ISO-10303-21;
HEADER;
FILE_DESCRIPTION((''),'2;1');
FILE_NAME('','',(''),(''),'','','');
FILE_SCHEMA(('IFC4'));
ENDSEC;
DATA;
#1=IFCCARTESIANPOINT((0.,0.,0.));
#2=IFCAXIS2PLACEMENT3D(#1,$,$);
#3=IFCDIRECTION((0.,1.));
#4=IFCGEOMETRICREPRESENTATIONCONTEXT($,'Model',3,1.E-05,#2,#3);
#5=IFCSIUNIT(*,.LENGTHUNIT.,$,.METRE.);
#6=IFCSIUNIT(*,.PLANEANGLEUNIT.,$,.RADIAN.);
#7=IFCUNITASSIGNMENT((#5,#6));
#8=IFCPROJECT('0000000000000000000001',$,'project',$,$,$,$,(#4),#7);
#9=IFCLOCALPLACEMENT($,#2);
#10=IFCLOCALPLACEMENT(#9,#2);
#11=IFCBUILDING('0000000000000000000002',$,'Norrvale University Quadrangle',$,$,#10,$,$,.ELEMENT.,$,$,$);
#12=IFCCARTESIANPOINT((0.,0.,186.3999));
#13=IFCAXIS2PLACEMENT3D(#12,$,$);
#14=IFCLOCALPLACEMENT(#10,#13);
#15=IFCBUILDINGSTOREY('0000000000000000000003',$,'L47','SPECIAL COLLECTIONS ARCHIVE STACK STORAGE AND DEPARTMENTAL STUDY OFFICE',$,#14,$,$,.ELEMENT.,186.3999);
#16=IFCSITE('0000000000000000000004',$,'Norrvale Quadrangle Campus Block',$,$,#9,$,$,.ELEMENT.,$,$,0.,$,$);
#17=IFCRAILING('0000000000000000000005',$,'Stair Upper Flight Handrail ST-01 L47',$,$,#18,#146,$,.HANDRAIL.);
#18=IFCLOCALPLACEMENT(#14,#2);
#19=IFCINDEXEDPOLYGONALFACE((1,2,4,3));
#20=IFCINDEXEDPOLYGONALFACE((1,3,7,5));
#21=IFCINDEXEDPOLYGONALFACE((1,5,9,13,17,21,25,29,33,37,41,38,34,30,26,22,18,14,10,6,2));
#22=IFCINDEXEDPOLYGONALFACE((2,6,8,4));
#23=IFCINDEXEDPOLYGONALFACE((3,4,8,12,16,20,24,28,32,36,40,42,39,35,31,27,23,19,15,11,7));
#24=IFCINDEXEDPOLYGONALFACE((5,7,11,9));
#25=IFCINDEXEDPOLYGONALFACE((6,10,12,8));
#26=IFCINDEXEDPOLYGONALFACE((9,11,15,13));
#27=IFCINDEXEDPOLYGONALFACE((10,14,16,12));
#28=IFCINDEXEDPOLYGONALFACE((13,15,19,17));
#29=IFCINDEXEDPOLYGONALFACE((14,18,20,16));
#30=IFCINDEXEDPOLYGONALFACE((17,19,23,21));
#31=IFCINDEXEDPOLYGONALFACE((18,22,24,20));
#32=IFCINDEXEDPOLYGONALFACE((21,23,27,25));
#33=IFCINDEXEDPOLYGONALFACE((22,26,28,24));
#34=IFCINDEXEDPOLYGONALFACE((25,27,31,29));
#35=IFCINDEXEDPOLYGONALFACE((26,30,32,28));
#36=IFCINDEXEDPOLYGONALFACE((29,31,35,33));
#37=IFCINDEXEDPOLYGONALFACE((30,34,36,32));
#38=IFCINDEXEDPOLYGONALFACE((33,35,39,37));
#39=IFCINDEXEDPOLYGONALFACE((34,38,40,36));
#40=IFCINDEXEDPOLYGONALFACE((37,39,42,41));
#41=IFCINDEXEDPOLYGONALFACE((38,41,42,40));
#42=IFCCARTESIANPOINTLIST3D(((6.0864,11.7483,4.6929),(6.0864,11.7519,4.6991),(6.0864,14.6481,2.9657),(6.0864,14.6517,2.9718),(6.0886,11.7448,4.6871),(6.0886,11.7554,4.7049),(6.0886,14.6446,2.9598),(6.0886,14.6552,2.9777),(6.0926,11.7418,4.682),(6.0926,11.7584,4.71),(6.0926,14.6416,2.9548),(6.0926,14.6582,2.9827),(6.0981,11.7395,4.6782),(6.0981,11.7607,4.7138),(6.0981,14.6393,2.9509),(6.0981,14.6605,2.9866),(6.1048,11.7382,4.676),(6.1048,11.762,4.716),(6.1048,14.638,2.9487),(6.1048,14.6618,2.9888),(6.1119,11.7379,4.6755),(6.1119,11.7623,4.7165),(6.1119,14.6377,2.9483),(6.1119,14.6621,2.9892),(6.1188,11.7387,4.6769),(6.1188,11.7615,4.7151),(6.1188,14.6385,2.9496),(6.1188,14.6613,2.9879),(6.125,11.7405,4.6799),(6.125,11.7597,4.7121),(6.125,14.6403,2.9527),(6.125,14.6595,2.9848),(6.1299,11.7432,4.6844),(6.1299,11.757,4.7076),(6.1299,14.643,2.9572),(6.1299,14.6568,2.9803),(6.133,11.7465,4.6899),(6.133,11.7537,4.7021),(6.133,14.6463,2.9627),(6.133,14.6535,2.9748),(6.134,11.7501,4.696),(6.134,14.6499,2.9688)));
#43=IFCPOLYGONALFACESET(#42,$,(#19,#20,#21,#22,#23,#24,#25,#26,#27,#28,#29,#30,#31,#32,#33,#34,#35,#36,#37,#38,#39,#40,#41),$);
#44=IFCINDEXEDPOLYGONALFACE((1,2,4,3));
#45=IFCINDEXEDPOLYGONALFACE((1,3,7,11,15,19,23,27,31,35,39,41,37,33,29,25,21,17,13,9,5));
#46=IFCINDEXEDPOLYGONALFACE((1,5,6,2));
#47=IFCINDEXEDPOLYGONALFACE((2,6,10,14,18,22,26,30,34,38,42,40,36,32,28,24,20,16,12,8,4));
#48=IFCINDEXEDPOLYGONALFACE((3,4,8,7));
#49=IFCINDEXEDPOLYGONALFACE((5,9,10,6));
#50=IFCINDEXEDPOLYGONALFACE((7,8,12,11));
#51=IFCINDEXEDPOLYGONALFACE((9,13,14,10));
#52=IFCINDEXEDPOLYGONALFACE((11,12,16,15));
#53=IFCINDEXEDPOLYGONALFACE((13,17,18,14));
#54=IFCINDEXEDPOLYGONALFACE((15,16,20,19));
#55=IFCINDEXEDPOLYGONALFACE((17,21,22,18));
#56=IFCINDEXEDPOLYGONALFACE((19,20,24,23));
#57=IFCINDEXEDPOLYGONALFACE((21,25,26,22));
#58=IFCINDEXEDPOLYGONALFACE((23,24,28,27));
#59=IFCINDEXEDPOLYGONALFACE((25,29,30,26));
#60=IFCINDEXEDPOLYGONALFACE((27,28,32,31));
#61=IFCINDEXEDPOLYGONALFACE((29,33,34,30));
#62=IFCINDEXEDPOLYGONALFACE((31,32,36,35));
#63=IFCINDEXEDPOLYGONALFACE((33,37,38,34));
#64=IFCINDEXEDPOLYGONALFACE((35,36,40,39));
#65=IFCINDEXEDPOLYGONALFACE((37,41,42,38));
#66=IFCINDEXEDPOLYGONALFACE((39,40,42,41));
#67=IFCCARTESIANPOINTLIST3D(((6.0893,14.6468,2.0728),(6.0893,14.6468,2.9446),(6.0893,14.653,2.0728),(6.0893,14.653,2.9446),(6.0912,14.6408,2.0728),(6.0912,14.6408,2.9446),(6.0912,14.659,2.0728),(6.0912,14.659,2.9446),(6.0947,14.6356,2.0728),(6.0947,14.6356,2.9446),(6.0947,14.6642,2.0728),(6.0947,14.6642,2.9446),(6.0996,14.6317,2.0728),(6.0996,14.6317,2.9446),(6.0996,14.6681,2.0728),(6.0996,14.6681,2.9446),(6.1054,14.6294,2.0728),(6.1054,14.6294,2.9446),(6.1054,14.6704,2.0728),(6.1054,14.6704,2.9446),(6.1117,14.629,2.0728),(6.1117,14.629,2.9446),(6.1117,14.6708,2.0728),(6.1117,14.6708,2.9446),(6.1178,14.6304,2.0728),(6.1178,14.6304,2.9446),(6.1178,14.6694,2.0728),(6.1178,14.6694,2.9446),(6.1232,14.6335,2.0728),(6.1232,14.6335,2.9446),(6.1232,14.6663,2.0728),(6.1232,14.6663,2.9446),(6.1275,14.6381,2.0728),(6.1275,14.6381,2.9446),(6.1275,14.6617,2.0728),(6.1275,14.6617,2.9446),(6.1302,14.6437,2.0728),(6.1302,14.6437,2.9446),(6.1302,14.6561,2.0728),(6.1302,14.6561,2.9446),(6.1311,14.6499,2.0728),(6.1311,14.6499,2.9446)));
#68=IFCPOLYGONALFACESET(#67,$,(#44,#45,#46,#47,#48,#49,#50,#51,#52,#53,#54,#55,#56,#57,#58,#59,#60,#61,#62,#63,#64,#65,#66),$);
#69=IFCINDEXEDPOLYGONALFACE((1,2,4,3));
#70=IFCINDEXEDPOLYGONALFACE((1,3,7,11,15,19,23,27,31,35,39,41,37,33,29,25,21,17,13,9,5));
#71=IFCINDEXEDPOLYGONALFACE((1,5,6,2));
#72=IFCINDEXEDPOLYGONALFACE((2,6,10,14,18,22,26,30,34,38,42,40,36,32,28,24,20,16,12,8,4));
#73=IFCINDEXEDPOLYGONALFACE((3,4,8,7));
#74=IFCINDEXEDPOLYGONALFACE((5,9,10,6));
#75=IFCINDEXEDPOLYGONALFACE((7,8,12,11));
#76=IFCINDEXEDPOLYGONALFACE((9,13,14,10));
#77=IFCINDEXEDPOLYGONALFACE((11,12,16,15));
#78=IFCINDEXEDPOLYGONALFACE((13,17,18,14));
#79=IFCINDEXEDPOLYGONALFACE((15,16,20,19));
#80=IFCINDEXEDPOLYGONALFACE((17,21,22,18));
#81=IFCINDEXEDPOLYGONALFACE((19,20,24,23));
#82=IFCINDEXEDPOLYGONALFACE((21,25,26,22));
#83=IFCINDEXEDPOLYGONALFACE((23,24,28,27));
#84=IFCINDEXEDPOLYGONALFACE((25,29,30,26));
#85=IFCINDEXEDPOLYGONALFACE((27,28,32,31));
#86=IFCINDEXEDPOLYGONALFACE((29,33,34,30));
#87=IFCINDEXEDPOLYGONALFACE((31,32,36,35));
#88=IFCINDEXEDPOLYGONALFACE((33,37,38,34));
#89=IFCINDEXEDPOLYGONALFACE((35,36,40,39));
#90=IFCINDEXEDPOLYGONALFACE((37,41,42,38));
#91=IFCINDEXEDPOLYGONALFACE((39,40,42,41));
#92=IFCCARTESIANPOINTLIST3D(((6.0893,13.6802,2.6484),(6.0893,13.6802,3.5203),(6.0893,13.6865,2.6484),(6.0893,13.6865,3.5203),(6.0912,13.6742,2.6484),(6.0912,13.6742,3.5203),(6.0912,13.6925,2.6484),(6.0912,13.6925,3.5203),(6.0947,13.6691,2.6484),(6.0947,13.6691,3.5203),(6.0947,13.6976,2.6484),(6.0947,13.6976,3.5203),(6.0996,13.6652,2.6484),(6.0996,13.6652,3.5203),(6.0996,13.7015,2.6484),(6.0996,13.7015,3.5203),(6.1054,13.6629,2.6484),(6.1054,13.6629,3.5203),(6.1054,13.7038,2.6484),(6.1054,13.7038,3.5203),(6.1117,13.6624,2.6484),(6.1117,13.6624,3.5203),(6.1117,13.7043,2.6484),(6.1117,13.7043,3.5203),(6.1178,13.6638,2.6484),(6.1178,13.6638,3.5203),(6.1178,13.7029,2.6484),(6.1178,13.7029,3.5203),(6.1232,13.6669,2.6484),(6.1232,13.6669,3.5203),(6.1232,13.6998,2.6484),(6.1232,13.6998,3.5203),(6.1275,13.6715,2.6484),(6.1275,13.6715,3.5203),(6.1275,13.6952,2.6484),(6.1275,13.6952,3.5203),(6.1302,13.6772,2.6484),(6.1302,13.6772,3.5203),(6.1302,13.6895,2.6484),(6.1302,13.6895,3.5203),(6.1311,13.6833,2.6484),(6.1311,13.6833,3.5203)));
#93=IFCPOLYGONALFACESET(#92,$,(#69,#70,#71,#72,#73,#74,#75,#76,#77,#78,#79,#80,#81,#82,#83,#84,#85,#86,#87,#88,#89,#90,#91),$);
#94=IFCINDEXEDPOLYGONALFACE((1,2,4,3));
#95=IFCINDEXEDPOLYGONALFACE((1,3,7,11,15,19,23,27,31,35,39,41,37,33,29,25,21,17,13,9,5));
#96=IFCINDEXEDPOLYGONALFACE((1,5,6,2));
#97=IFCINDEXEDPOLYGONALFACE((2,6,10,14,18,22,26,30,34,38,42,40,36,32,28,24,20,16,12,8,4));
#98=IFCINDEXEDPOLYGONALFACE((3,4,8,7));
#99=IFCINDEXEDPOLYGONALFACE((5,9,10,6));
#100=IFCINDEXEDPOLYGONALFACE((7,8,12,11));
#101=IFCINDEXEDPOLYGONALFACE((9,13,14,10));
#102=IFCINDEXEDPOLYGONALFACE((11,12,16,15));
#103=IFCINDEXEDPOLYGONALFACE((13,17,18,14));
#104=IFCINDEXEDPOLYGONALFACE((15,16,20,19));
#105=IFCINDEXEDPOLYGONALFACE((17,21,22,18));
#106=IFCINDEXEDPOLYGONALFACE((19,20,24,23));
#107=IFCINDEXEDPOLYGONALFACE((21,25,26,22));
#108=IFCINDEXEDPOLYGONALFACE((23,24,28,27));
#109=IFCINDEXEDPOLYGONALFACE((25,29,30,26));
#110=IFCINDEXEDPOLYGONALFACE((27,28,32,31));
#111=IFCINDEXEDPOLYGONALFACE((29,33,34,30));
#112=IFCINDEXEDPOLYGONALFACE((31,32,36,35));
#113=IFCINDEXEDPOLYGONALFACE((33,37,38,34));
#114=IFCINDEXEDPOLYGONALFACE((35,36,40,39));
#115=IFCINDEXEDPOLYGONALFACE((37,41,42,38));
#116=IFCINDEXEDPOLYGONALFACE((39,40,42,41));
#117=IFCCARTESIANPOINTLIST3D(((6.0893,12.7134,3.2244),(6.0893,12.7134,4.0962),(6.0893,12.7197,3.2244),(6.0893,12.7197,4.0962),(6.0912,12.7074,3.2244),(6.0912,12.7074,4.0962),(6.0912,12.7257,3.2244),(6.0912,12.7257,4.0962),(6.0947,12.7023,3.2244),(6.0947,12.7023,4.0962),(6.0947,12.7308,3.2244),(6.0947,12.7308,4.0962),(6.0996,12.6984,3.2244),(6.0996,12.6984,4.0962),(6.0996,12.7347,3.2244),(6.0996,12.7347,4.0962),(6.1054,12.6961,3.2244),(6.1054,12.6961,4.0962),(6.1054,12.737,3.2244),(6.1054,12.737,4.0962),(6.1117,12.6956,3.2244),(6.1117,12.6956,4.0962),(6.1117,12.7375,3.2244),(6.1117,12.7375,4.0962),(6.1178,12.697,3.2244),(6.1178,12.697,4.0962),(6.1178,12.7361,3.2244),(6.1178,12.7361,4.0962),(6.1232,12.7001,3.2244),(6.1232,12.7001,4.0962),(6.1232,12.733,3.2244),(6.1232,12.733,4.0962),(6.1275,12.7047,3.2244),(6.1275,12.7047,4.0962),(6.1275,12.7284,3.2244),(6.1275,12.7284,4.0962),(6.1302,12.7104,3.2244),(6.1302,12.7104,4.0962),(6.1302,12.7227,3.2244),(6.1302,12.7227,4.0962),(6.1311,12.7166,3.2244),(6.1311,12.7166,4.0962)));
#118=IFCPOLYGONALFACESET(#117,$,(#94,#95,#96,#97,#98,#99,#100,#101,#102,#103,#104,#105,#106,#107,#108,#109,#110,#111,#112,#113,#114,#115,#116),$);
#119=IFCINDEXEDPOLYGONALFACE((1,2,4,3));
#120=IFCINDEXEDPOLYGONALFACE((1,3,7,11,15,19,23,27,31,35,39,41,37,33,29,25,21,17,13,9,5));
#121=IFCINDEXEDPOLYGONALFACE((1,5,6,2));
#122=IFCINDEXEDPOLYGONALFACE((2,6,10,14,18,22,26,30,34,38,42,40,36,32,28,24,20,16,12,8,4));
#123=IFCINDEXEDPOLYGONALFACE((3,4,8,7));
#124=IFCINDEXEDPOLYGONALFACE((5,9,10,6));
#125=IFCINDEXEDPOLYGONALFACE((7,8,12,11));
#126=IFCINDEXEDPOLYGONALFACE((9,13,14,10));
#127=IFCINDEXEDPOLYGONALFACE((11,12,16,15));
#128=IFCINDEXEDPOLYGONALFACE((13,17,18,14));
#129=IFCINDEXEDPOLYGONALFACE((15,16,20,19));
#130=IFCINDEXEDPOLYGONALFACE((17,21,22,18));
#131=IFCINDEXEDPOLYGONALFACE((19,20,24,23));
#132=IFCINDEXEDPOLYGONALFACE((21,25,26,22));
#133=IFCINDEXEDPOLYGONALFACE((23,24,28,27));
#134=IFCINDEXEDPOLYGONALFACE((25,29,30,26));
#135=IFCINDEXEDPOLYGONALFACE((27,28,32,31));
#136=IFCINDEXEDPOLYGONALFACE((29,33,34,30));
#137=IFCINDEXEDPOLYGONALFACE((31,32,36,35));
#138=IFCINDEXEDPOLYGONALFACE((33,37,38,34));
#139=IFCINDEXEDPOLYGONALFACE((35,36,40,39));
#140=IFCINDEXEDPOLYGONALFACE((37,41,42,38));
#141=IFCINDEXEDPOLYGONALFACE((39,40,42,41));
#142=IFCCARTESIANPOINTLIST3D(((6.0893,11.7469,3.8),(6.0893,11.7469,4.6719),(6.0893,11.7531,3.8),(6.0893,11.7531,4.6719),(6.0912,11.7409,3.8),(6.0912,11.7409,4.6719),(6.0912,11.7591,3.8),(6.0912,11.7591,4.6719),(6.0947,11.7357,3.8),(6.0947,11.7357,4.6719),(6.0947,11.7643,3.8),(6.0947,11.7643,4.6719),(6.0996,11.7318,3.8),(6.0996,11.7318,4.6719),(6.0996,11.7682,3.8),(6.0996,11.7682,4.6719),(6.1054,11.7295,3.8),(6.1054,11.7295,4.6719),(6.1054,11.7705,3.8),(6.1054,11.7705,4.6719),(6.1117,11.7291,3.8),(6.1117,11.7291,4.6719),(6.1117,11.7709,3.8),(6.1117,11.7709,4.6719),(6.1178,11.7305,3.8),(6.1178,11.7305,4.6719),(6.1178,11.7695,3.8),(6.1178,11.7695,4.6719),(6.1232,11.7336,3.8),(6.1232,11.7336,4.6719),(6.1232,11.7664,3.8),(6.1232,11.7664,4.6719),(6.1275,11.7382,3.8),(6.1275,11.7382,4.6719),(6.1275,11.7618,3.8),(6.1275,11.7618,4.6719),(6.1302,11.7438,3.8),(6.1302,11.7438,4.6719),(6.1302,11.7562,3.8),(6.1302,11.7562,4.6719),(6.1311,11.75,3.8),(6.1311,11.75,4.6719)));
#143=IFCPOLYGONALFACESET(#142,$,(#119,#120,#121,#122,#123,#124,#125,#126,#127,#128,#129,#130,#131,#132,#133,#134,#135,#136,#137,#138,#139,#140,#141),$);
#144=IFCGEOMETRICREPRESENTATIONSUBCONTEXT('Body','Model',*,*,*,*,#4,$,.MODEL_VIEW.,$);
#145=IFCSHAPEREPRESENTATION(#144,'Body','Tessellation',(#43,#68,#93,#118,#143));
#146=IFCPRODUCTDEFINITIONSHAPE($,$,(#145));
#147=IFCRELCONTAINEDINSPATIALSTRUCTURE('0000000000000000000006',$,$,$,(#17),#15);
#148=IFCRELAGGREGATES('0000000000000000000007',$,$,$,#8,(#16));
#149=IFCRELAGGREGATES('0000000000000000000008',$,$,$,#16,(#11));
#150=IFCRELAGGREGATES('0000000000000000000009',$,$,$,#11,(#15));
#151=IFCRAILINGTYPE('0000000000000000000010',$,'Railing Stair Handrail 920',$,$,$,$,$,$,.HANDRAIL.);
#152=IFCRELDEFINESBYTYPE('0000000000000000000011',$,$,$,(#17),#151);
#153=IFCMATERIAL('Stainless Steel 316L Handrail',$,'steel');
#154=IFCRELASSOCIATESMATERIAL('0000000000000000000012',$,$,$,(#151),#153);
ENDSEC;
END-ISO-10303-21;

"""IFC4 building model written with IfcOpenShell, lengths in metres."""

from ifc_helpers import new_model, si_unit, direction, frame, origin, origin_2d, place, context, subcontext, project, spatial, circle, extrude, material, type_object, element, save


model = new_model("IFC4")

# Units and contexts
model_context = context("Model", 3, precision=1e-05, world=origin(), true_north=direction((0.0, 1.0)))
body_context = subcontext(model_context, "Body", "Model", "MODEL_VIEW")
ifc_project = project(units=[si_unit("LENGTHUNIT", "METRE"), si_unit("PLANEANGLEUNIT", "RADIAN")], contexts=[model_context])

# Site, building, storey
site_placement = place(None, origin())
site = spatial("IfcSite", under=ifc_project, at=site_placement, Name="Norrvale Quadrangle Campus Block", CompositionType="ELEMENT", RefElevation=0.0)
building_placement = place(site_placement, origin())
building = spatial("IfcBuilding", under=site, at=building_placement, Name="Norrvale University Quadrangle", CompositionType="ELEMENT")
storey_placement = place(building_placement, frame((0.0, 0.0, 186.3999)))
storey = spatial("IfcBuildingStorey", under=building, at=storey_placement, Name="L47", Description="SPECIAL COLLECTIONS ARCHIVE STACK STORAGE AND DEPARTMENTAL STUDY OFFICE", CompositionType="ELEMENT", Elevation=186.3999)

# Railing
ifc_material_1 = material(Name="Stainless Steel 316L Handrail", Category="steel")
railing_type_1 = type_object("IfcRailingType", Name="Railing Stair Handrail 920", PredefinedType="HANDRAIL", material=ifc_material_1)
railing_1_placement = place(storey_placement, frame((6.1101, 14.6499, 2.0728)))
element("IfcRailing", 1, at=railing_1_placement, inside=storey, type_object=railing_type_1, Name="Stair Upper Flight Handrail ST-01 L47", PredefinedType="HANDRAIL", context=body_context, shape_type="SweptSolid", body=[
    extrude(circle(Radius=0.0239, at=origin_2d()), frame((0.0, 0.0, 0.896), z_axis=(0.0, -0.859141, 0.511738), x_axis=(1.0, 0.0, 0.0)), (0.0, 0.0, 1.0), 3.3752),
    extrude(circle(Radius=0.021, at=origin_2d()), origin(), (0.0, 0.0, 1.0), 0.8718),
    extrude(circle(Radius=0.021, at=origin_2d()), frame((0.0, -0.9666, 0.5757)), (0.0, 0.0, 1.0), 0.8718),
    extrude(circle(Radius=0.021, at=origin_2d()), frame((0.0, -1.9333, 1.1516)), (0.0, 0.0, 1.0), 0.8718),
    extrude(circle(Radius=0.021, at=origin_2d()), frame((0.0, -2.8999, 1.7273)), (0.0, 0.0, 1.0), 0.8718),
])

save(model, "model.ifc")
